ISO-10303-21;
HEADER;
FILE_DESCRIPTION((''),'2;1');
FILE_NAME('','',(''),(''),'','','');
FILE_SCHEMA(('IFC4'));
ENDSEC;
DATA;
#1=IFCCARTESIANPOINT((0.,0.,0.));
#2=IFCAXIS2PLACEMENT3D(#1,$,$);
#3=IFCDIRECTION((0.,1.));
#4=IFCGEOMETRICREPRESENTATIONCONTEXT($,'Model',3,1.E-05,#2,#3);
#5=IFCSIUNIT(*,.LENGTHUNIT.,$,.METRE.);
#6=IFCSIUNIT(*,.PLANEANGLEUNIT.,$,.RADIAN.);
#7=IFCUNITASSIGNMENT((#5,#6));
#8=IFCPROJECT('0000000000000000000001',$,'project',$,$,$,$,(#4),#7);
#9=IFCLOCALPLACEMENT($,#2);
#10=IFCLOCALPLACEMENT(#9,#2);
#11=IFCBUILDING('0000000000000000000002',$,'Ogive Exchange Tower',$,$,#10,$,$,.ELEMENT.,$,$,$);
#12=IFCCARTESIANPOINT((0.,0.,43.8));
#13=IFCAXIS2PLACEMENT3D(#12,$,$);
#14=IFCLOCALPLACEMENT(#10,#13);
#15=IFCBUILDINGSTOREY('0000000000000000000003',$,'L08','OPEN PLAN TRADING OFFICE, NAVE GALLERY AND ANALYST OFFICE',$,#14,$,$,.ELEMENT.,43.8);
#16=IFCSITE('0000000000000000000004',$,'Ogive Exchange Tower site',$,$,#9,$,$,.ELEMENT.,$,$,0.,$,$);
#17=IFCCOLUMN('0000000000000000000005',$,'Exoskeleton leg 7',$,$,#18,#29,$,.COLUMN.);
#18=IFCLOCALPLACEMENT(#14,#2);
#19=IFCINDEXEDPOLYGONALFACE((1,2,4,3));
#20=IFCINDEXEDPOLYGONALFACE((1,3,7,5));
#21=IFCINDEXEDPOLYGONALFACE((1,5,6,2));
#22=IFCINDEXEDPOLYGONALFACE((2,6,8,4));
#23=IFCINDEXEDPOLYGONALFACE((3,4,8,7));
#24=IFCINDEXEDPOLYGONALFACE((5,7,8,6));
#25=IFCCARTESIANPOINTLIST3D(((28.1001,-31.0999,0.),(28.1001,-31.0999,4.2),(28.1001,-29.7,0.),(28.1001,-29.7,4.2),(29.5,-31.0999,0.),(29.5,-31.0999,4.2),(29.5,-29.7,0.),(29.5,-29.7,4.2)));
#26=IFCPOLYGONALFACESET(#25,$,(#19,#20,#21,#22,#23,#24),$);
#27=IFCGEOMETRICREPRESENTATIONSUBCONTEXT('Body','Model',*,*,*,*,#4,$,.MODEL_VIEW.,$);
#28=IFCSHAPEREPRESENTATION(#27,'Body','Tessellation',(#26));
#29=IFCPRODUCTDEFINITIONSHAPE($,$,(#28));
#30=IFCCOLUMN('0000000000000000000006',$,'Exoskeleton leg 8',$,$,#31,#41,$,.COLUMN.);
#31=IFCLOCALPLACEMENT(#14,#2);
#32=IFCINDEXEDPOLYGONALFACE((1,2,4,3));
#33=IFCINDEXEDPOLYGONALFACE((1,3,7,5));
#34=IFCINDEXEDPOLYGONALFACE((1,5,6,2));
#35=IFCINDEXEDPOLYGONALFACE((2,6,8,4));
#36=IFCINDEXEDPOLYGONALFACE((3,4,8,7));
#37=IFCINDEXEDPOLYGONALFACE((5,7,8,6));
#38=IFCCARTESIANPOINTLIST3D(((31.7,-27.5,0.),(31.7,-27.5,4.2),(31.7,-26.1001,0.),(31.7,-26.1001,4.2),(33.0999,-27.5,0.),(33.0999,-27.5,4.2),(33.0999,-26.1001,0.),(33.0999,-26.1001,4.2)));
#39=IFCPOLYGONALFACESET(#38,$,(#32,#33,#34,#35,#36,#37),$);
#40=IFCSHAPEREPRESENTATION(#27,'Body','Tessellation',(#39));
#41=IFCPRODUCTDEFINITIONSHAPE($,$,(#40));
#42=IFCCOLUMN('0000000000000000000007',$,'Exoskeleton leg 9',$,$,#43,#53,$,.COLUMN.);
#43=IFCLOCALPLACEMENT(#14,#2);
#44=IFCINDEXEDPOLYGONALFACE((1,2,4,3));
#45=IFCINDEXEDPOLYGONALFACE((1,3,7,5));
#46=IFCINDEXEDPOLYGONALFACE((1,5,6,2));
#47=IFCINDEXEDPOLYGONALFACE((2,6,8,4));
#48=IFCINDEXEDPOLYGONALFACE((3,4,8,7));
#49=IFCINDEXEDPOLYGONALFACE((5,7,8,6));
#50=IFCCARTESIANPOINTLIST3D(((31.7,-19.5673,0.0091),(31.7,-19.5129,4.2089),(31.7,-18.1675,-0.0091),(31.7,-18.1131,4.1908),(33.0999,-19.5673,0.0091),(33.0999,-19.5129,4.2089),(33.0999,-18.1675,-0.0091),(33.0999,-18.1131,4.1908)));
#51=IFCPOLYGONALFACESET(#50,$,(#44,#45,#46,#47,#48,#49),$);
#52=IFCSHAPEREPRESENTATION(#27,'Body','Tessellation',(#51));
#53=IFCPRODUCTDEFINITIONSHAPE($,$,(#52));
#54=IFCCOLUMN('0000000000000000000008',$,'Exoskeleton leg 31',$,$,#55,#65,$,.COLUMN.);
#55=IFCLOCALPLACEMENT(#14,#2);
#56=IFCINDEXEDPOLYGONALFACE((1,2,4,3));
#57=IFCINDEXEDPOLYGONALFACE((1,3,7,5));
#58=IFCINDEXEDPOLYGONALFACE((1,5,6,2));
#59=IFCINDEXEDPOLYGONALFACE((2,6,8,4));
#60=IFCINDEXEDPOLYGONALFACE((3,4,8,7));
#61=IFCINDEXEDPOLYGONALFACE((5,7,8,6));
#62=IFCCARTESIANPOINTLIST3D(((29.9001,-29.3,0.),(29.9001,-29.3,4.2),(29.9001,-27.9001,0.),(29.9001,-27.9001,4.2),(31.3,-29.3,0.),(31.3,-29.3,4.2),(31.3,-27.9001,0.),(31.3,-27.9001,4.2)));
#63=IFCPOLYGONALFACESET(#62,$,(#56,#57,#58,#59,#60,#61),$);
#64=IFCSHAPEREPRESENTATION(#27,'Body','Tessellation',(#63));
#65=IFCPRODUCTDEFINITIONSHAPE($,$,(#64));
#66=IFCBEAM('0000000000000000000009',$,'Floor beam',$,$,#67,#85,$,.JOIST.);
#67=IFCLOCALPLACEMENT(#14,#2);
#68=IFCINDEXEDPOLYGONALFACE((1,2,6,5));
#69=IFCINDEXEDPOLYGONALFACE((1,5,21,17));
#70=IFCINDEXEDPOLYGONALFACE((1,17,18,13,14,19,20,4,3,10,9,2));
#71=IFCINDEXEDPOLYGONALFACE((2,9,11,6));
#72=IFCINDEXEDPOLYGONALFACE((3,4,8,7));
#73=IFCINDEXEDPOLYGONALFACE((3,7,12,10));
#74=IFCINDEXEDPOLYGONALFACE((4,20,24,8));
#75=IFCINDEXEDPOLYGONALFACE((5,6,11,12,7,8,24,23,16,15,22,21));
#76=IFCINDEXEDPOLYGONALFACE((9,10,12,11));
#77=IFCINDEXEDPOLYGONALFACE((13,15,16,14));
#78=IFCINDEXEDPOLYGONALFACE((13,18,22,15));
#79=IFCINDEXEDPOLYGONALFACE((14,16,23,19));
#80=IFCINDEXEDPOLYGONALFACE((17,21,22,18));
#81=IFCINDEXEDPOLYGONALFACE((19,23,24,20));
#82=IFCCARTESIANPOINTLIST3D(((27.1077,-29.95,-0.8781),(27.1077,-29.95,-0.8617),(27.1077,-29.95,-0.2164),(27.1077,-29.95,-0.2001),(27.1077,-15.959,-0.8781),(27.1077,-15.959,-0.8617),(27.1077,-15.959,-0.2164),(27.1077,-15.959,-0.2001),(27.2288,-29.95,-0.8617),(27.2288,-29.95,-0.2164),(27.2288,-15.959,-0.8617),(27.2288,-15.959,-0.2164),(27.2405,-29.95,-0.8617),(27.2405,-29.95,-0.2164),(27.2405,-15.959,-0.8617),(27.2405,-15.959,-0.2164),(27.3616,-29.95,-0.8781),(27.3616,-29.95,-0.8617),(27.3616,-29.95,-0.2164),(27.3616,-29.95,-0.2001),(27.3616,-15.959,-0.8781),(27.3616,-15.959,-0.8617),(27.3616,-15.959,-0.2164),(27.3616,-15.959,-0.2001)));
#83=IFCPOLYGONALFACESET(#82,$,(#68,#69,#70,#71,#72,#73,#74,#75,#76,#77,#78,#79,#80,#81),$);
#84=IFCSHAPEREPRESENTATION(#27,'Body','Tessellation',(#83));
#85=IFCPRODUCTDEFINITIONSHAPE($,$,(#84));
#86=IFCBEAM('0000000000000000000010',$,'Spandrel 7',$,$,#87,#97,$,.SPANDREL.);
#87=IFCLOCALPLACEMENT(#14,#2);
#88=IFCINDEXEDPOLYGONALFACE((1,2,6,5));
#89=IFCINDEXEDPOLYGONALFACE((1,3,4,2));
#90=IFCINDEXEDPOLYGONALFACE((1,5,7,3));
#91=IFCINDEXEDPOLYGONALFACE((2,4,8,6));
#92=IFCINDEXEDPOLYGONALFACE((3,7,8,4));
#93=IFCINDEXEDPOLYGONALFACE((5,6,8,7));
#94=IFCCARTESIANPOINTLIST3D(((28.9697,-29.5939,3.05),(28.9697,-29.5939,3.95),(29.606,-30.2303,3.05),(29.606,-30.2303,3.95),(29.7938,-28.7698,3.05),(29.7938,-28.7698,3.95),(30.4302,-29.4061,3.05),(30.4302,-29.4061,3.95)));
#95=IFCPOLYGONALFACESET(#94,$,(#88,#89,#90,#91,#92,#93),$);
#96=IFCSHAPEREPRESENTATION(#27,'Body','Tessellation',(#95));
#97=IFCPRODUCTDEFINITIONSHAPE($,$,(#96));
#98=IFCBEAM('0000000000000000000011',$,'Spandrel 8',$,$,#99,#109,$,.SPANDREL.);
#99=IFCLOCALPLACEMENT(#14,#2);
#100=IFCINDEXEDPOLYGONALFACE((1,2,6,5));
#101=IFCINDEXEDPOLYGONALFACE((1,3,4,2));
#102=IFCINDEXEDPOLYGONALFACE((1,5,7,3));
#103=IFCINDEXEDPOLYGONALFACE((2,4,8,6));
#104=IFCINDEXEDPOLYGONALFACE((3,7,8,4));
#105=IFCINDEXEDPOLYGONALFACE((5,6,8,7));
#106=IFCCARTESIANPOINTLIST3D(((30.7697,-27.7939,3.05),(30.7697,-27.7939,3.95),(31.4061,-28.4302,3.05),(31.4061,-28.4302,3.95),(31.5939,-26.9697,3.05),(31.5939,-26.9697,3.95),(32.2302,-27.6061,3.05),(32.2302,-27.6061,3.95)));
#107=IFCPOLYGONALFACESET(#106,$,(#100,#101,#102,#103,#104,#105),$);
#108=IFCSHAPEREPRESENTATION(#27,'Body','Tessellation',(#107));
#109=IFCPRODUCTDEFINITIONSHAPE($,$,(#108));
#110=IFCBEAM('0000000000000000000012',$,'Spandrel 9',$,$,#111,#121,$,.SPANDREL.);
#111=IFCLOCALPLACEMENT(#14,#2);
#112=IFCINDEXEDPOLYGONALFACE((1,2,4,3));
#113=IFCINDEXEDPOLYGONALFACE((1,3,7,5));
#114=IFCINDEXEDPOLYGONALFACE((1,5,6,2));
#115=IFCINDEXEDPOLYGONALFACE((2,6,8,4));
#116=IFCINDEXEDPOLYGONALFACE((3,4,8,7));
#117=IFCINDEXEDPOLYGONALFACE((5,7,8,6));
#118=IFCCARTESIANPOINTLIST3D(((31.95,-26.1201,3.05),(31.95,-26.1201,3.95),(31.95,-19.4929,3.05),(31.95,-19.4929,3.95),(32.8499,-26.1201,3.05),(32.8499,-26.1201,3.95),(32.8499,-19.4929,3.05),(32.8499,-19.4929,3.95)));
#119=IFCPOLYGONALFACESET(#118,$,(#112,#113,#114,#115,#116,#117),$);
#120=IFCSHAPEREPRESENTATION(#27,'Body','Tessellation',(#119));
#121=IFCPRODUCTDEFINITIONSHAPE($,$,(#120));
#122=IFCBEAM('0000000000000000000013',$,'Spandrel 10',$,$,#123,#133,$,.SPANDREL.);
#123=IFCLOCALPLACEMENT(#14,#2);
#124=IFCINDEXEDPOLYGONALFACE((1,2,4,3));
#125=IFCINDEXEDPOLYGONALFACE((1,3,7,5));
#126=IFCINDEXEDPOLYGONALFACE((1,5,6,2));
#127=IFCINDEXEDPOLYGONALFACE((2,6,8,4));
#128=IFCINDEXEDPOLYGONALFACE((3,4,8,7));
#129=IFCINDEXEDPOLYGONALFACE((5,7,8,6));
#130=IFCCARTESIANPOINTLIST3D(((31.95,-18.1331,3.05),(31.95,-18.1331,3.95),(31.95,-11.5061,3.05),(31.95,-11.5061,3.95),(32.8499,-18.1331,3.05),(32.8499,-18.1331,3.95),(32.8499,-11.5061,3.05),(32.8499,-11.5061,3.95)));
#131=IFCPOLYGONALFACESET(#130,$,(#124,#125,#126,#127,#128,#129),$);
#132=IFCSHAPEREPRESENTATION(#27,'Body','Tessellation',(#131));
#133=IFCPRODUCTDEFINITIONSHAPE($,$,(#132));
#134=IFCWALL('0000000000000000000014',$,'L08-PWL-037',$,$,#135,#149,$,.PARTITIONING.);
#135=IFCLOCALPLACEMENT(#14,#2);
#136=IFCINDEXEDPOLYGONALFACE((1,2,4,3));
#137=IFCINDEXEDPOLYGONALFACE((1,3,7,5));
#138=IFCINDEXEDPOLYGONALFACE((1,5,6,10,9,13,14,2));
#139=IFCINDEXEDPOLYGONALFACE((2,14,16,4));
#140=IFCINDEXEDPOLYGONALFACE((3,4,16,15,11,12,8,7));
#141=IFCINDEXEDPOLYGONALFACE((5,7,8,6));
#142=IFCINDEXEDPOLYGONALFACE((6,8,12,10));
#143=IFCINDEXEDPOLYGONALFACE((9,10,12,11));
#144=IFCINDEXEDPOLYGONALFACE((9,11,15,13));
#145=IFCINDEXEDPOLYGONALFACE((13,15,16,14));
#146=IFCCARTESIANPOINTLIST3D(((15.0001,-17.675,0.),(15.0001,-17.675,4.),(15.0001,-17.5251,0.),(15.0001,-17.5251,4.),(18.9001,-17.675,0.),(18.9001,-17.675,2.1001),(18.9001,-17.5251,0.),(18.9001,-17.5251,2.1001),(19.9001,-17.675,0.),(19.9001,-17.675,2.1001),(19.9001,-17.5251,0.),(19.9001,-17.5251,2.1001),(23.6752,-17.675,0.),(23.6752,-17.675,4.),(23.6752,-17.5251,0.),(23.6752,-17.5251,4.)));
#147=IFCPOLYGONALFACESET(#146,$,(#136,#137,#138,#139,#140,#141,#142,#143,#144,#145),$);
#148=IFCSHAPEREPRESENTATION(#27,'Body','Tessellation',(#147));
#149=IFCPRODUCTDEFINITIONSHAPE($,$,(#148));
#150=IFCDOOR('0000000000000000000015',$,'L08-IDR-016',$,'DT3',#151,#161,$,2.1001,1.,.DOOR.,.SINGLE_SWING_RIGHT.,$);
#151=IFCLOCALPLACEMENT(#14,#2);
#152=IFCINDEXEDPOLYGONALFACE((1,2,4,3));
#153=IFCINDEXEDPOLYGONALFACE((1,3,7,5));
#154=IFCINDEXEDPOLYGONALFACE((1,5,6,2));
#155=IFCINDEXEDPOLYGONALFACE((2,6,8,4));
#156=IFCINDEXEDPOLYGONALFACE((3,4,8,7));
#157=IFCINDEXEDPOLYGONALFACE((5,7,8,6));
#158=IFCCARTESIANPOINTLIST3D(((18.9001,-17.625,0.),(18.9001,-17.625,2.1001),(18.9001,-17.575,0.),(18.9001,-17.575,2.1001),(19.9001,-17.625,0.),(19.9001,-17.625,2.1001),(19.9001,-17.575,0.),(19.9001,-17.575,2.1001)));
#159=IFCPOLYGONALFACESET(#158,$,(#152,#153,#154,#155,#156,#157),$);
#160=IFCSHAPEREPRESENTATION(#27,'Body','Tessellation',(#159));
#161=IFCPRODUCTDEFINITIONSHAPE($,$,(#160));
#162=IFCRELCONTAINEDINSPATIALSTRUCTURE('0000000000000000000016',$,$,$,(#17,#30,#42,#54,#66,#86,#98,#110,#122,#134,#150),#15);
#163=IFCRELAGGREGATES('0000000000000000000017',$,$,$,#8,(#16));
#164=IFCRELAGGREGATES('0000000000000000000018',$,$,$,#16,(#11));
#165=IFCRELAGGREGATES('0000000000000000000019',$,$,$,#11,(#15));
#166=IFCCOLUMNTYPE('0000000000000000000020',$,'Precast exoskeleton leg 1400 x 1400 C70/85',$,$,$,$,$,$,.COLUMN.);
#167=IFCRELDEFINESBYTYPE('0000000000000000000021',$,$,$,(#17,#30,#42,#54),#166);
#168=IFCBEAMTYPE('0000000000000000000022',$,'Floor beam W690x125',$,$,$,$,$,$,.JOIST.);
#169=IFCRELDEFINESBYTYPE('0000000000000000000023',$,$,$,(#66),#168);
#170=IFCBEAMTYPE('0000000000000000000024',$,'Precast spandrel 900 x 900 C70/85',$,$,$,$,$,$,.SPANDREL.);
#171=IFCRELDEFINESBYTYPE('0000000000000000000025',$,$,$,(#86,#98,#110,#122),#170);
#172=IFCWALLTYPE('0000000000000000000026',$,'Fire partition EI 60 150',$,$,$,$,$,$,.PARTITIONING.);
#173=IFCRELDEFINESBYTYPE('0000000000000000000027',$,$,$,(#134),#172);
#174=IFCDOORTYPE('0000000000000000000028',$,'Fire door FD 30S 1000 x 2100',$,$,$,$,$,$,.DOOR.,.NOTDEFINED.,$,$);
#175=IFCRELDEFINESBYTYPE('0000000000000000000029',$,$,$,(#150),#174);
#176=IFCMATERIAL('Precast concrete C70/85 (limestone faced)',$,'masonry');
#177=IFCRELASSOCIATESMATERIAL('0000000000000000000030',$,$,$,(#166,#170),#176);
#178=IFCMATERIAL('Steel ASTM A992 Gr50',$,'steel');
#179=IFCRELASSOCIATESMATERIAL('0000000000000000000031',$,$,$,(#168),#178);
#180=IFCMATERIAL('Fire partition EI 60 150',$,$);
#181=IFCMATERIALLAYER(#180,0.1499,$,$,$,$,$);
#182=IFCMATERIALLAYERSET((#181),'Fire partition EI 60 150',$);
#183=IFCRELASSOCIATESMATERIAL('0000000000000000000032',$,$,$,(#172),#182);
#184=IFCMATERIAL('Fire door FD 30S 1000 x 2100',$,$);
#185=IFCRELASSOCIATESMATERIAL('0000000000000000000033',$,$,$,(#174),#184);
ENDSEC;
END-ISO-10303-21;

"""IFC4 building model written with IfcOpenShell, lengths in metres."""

from ifc_helpers import new_model, si_unit, direction, frame, frame_2d, origin, origin_2d, place, context, subcontext, project, spatial, rectangle, i_section, extrude, material, layer, layer_set, material_profile, profile_set, type_object, element, fill, save


model = new_model("IFC4")

# Units and contexts
model_context = context("Model", 3, precision=1e-05, world=origin(), true_north=direction((0.0, 1.0)))
body_context = subcontext(model_context, "Body", "Model", "MODEL_VIEW")
ifc_project = project(units=[si_unit("LENGTHUNIT", "METRE"), si_unit("PLANEANGLEUNIT", "RADIAN")], contexts=[model_context])

# Site, building, storey
site_placement = place(None, origin())
site = spatial("IfcSite", under=ifc_project, at=site_placement, Name="Ogive Exchange Tower site", CompositionType="ELEMENT", RefElevation=0.0)
building_placement = place(site_placement, origin())
building = spatial("IfcBuilding", under=site, at=building_placement, Name="Ogive Exchange Tower", CompositionType="ELEMENT")
storey_placement = place(building_placement, frame((0.0, 0.0, 43.8)))
storey = spatial("IfcBuildingStorey", under=building, at=storey_placement, Name="L08", Description="OPEN PLAN TRADING OFFICE, NAVE GALLERY AND ANALYST OFFICE", CompositionType="ELEMENT", Elevation=43.8)

# Columns
ifc_material_1 = material(Name="Precast concrete C70/85 (limestone faced)", Category="masonry")
ifc_material_profile_1 = material_profile(ifc_material_1, rectangle(XDim=1.3999, YDim=1.3999, at=origin_2d()), Name="1400 x 1400")
ifc_profile_set_1 = profile_set([ifc_material_profile_1], Name="Precast concrete C70/85 (limestone faced)")
column_type = type_object("IfcColumnType", Name="Precast exoskeleton leg 1400 x 1400 C70/85", PredefinedType="COLUMN", material=ifc_profile_set_1)
for number, where, z_axis, x_axis, name in (
    (1, (28.8, -30.3999, 0.0), (0.0, 0.0, 1.0), (1.0, 0.0, 0.0), "Exoskeleton leg 7"),
    (2, (32.3999, -26.8, 0.0), (0.0, 0.0, 1.0), (1.0, 0.0, 0.0), "Exoskeleton leg 8"),
):
    element("IfcColumn", number, at=place(storey_placement, frame(where, z_axis=z_axis, x_axis=x_axis)), inside=storey, type_object=column_type, Name=name, PredefinedType="COLUMN", context=body_context, shape_type="SweptSolid", body=[
        extrude(rectangle(XDim=1.3999, YDim=1.3999, at=origin_2d()), origin(), (0.0, 0.0, 1.0), 4.2),
    ])
column_1_placement = place(storey_placement, frame((32.3999, -18.8674, 0.0), z_axis=(0.0, 0.012962, 0.999916), x_axis=(-1.0, 0.0, 0.0)))
element("IfcColumn", 3, at=column_1_placement, inside=storey, type_object=column_type, Name="Exoskeleton leg 9", PredefinedType="COLUMN", context=body_context, shape_type="SweptSolid", body=[
    extrude(rectangle(XDim=1.3999, YDim=1.3999, at=origin_2d()), origin(), (0.0, 0.0, 1.0), 4.2002),
])
column_2_placement = place(storey_placement, frame((30.6001, -28.6001, 0.0), z_axis=(0.0, 0.0, 1.0), x_axis=(1.0, 0.0, 0.0)))
element("IfcColumn", 4, at=column_2_placement, inside=storey, type_object=column_type, Name="Exoskeleton leg 31", PredefinedType="COLUMN", context=body_context, shape_type="SweptSolid", body=[
    extrude(rectangle(XDim=1.3999, YDim=1.3999, at=origin_2d()), origin(), (0.0, 0.0, 1.0), 4.2),
])

# Beams
ifc_material_2 = material(Name="Steel ASTM A992 Gr50", Category="steel")
ifc_material_profile_2 = material_profile(ifc_material_2, i_section(OverallWidth=0.2539, OverallDepth=0.678, WebThickness=0.0117, FlangeThickness=0.0164, at=origin_2d()), Name="W690x125")
ifc_profile_set_2 = profile_set([ifc_material_profile_2], Name="Steel ASTM A992 Gr50")
beam_type_1 = type_object("IfcBeamType", Name="Floor beam W690x125", PredefinedType="JOIST", material=ifc_profile_set_2)
beam_1_placement = place(storey_placement, frame((27.2346, -29.95, -0.5391), z_axis=(0.0, 1.0, 0.0), x_axis=(-1.0, 0.0, 0.0)))
element("IfcBeam", 5, at=beam_1_placement, inside=storey, type_object=beam_type_1, Name="Floor beam", PredefinedType="JOIST", context=body_context, shape_type="SweptSolid", body=[
    extrude(i_section(OverallWidth=0.2539, OverallDepth=0.678, WebThickness=0.0117, FlangeThickness=0.0164, at=origin_2d()), origin(), (0.0, 0.0, 1.0), 13.991),
])
ifc_material_profile_3 = material_profile(ifc_material_1, rectangle(XDim=0.8999, YDim=0.8999, at=origin_2d()), Name="900 x 900")
ifc_profile_set_3 = profile_set([ifc_material_profile_3], Name="Precast concrete C70/85 (limestone faced)")
beam_type_2 = type_object("IfcBeamType", Name="Precast spandrel 900 x 900 C70/85", PredefinedType="SPANDREL", material=ifc_profile_set_3)
for number, where, z_axis, x_axis, name in (
    (6, (29.2878, -29.9121, 3.5), (0.707107, 0.707107, 0.0), (-0.707107, 0.707107, 0.0), "Spandrel 7"),
    (7, (31.0879, -28.1121, 3.5), (0.707107, 0.707107, 0.0), (-0.707107, 0.707107, 0.0), "Spandrel 8"),
):
    element("IfcBeam", number, at=place(storey_placement, frame(where, z_axis=z_axis, x_axis=x_axis)), inside=storey, type_object=beam_type_2, Name=name, PredefinedType="SPANDREL", context=body_context, shape_type="SweptSolid", body=[
        extrude(rectangle(XDim=0.8999, YDim=0.8999, at=origin_2d()), origin(), (0.0, 0.0, 1.0), 1.1655),
    ])
beam_2_placement = place(storey_placement, frame((32.3999, -26.1201, 3.5), z_axis=(0.0, 1.0, 0.0), x_axis=(-1.0, 0.0, 0.0)))
element("IfcBeam", 8, at=beam_2_placement, inside=storey, type_object=beam_type_2, Name="Spandrel 9", PredefinedType="SPANDREL", context=body_context, shape_type="SweptSolid", body=[
    extrude(rectangle(XDim=0.8999, YDim=0.8999, at=origin_2d()), origin(), (0.0, 0.0, 1.0), 6.6272),
])
beam_3_placement = place(storey_placement, frame((32.3999, -18.1331, 3.5), z_axis=(0.0, 1.0, 0.0), x_axis=(-1.0, 0.0, 0.0)))
element("IfcBeam", 9, at=beam_3_placement, inside=storey, type_object=beam_type_2, Name="Spandrel 10", PredefinedType="SPANDREL", context=body_context, shape_type="SweptSolid", body=[
    extrude(rectangle(XDim=0.8999, YDim=0.8999, at=origin_2d()), origin(), (0.0, 0.0, 1.0), 6.627),
])

# Wall, opening, door
ifc_material_3 = material(Name="Fire partition EI 60 150")
ifc_layer_1 = layer(ifc_material_3, 0.1499)
ifc_layer_set_1 = layer_set([ifc_layer_1], Name="Fire partition EI 60 150")
wall_type_1 = type_object("IfcWallType", Name="Fire partition EI 60 150", PredefinedType="PARTITIONING", material=ifc_layer_set_1)
wall_1_placement = place(storey_placement, frame((23.675, -17.6001, 0.0), z_axis=(0.0, 0.0, 1.0), x_axis=(-1.0, 0.0, 0.0)))
wall_1 = element("IfcWall", 10, at=wall_1_placement, inside=storey, type_object=wall_type_1, Name="L08-PWL-037", PredefinedType="PARTITIONING", context=body_context, shape_type="SweptSolid", body=[
    extrude(rectangle(XDim=8.675, YDim=0.1499, at=frame_2d((4.3374, 0.0))), origin(), (0.0, 0.0, 1.0), 4.0),
])
opening_1_placement = place(wall_1_placement, frame((3.7749, 0.0, 0.0)))
opening_1 = element("IfcOpeningElement", 11, at=opening_1_placement, cuts=wall_1, PredefinedType="OPENING", context=body_context, shape_type="SweptSolid", body=[
    extrude(rectangle(XDim=1.0, YDim=2.1001, at=frame_2d((0.5, 1.05))), frame((0.0, 0.085, 0.0), z_axis=(0.0, -1.0, 0.0), x_axis=(1.0, 0.0, 0.0)), (0.0, 0.0, 1.0), 0.1699),
])
ifc_material_4 = material(Name="Fire door FD 30S 1000 x 2100")
door_type_1 = type_object("IfcDoorType", Name="Fire door FD 30S 1000 x 2100", OperationType="NOTDEFINED", PredefinedType="DOOR", material=ifc_material_4)
door_1_placement = place(opening_1_placement, origin())
door_1 = element("IfcDoor", 12, at=door_1_placement, inside=storey, type_object=door_type_1, Name="L08-IDR-016", ObjectType="DT3", OperationType="SINGLE_SWING_RIGHT", OverallHeight=2.1001, OverallWidth=1.0, PredefinedType="DOOR", context=body_context, shape_type="SweptSolid", body=[
    extrude(rectangle(XDim=1.0, YDim=2.1001, at=frame_2d((0.5, 1.05))), frame((0.0, 0.0249, 0.0), z_axis=(0.0, -1.0, 0.0), x_axis=(1.0, 0.0, 0.0)), (0.0, 0.0, 1.0), 0.05),
])
fill(opening_1, door_1)

save(model, "model.ifc")
